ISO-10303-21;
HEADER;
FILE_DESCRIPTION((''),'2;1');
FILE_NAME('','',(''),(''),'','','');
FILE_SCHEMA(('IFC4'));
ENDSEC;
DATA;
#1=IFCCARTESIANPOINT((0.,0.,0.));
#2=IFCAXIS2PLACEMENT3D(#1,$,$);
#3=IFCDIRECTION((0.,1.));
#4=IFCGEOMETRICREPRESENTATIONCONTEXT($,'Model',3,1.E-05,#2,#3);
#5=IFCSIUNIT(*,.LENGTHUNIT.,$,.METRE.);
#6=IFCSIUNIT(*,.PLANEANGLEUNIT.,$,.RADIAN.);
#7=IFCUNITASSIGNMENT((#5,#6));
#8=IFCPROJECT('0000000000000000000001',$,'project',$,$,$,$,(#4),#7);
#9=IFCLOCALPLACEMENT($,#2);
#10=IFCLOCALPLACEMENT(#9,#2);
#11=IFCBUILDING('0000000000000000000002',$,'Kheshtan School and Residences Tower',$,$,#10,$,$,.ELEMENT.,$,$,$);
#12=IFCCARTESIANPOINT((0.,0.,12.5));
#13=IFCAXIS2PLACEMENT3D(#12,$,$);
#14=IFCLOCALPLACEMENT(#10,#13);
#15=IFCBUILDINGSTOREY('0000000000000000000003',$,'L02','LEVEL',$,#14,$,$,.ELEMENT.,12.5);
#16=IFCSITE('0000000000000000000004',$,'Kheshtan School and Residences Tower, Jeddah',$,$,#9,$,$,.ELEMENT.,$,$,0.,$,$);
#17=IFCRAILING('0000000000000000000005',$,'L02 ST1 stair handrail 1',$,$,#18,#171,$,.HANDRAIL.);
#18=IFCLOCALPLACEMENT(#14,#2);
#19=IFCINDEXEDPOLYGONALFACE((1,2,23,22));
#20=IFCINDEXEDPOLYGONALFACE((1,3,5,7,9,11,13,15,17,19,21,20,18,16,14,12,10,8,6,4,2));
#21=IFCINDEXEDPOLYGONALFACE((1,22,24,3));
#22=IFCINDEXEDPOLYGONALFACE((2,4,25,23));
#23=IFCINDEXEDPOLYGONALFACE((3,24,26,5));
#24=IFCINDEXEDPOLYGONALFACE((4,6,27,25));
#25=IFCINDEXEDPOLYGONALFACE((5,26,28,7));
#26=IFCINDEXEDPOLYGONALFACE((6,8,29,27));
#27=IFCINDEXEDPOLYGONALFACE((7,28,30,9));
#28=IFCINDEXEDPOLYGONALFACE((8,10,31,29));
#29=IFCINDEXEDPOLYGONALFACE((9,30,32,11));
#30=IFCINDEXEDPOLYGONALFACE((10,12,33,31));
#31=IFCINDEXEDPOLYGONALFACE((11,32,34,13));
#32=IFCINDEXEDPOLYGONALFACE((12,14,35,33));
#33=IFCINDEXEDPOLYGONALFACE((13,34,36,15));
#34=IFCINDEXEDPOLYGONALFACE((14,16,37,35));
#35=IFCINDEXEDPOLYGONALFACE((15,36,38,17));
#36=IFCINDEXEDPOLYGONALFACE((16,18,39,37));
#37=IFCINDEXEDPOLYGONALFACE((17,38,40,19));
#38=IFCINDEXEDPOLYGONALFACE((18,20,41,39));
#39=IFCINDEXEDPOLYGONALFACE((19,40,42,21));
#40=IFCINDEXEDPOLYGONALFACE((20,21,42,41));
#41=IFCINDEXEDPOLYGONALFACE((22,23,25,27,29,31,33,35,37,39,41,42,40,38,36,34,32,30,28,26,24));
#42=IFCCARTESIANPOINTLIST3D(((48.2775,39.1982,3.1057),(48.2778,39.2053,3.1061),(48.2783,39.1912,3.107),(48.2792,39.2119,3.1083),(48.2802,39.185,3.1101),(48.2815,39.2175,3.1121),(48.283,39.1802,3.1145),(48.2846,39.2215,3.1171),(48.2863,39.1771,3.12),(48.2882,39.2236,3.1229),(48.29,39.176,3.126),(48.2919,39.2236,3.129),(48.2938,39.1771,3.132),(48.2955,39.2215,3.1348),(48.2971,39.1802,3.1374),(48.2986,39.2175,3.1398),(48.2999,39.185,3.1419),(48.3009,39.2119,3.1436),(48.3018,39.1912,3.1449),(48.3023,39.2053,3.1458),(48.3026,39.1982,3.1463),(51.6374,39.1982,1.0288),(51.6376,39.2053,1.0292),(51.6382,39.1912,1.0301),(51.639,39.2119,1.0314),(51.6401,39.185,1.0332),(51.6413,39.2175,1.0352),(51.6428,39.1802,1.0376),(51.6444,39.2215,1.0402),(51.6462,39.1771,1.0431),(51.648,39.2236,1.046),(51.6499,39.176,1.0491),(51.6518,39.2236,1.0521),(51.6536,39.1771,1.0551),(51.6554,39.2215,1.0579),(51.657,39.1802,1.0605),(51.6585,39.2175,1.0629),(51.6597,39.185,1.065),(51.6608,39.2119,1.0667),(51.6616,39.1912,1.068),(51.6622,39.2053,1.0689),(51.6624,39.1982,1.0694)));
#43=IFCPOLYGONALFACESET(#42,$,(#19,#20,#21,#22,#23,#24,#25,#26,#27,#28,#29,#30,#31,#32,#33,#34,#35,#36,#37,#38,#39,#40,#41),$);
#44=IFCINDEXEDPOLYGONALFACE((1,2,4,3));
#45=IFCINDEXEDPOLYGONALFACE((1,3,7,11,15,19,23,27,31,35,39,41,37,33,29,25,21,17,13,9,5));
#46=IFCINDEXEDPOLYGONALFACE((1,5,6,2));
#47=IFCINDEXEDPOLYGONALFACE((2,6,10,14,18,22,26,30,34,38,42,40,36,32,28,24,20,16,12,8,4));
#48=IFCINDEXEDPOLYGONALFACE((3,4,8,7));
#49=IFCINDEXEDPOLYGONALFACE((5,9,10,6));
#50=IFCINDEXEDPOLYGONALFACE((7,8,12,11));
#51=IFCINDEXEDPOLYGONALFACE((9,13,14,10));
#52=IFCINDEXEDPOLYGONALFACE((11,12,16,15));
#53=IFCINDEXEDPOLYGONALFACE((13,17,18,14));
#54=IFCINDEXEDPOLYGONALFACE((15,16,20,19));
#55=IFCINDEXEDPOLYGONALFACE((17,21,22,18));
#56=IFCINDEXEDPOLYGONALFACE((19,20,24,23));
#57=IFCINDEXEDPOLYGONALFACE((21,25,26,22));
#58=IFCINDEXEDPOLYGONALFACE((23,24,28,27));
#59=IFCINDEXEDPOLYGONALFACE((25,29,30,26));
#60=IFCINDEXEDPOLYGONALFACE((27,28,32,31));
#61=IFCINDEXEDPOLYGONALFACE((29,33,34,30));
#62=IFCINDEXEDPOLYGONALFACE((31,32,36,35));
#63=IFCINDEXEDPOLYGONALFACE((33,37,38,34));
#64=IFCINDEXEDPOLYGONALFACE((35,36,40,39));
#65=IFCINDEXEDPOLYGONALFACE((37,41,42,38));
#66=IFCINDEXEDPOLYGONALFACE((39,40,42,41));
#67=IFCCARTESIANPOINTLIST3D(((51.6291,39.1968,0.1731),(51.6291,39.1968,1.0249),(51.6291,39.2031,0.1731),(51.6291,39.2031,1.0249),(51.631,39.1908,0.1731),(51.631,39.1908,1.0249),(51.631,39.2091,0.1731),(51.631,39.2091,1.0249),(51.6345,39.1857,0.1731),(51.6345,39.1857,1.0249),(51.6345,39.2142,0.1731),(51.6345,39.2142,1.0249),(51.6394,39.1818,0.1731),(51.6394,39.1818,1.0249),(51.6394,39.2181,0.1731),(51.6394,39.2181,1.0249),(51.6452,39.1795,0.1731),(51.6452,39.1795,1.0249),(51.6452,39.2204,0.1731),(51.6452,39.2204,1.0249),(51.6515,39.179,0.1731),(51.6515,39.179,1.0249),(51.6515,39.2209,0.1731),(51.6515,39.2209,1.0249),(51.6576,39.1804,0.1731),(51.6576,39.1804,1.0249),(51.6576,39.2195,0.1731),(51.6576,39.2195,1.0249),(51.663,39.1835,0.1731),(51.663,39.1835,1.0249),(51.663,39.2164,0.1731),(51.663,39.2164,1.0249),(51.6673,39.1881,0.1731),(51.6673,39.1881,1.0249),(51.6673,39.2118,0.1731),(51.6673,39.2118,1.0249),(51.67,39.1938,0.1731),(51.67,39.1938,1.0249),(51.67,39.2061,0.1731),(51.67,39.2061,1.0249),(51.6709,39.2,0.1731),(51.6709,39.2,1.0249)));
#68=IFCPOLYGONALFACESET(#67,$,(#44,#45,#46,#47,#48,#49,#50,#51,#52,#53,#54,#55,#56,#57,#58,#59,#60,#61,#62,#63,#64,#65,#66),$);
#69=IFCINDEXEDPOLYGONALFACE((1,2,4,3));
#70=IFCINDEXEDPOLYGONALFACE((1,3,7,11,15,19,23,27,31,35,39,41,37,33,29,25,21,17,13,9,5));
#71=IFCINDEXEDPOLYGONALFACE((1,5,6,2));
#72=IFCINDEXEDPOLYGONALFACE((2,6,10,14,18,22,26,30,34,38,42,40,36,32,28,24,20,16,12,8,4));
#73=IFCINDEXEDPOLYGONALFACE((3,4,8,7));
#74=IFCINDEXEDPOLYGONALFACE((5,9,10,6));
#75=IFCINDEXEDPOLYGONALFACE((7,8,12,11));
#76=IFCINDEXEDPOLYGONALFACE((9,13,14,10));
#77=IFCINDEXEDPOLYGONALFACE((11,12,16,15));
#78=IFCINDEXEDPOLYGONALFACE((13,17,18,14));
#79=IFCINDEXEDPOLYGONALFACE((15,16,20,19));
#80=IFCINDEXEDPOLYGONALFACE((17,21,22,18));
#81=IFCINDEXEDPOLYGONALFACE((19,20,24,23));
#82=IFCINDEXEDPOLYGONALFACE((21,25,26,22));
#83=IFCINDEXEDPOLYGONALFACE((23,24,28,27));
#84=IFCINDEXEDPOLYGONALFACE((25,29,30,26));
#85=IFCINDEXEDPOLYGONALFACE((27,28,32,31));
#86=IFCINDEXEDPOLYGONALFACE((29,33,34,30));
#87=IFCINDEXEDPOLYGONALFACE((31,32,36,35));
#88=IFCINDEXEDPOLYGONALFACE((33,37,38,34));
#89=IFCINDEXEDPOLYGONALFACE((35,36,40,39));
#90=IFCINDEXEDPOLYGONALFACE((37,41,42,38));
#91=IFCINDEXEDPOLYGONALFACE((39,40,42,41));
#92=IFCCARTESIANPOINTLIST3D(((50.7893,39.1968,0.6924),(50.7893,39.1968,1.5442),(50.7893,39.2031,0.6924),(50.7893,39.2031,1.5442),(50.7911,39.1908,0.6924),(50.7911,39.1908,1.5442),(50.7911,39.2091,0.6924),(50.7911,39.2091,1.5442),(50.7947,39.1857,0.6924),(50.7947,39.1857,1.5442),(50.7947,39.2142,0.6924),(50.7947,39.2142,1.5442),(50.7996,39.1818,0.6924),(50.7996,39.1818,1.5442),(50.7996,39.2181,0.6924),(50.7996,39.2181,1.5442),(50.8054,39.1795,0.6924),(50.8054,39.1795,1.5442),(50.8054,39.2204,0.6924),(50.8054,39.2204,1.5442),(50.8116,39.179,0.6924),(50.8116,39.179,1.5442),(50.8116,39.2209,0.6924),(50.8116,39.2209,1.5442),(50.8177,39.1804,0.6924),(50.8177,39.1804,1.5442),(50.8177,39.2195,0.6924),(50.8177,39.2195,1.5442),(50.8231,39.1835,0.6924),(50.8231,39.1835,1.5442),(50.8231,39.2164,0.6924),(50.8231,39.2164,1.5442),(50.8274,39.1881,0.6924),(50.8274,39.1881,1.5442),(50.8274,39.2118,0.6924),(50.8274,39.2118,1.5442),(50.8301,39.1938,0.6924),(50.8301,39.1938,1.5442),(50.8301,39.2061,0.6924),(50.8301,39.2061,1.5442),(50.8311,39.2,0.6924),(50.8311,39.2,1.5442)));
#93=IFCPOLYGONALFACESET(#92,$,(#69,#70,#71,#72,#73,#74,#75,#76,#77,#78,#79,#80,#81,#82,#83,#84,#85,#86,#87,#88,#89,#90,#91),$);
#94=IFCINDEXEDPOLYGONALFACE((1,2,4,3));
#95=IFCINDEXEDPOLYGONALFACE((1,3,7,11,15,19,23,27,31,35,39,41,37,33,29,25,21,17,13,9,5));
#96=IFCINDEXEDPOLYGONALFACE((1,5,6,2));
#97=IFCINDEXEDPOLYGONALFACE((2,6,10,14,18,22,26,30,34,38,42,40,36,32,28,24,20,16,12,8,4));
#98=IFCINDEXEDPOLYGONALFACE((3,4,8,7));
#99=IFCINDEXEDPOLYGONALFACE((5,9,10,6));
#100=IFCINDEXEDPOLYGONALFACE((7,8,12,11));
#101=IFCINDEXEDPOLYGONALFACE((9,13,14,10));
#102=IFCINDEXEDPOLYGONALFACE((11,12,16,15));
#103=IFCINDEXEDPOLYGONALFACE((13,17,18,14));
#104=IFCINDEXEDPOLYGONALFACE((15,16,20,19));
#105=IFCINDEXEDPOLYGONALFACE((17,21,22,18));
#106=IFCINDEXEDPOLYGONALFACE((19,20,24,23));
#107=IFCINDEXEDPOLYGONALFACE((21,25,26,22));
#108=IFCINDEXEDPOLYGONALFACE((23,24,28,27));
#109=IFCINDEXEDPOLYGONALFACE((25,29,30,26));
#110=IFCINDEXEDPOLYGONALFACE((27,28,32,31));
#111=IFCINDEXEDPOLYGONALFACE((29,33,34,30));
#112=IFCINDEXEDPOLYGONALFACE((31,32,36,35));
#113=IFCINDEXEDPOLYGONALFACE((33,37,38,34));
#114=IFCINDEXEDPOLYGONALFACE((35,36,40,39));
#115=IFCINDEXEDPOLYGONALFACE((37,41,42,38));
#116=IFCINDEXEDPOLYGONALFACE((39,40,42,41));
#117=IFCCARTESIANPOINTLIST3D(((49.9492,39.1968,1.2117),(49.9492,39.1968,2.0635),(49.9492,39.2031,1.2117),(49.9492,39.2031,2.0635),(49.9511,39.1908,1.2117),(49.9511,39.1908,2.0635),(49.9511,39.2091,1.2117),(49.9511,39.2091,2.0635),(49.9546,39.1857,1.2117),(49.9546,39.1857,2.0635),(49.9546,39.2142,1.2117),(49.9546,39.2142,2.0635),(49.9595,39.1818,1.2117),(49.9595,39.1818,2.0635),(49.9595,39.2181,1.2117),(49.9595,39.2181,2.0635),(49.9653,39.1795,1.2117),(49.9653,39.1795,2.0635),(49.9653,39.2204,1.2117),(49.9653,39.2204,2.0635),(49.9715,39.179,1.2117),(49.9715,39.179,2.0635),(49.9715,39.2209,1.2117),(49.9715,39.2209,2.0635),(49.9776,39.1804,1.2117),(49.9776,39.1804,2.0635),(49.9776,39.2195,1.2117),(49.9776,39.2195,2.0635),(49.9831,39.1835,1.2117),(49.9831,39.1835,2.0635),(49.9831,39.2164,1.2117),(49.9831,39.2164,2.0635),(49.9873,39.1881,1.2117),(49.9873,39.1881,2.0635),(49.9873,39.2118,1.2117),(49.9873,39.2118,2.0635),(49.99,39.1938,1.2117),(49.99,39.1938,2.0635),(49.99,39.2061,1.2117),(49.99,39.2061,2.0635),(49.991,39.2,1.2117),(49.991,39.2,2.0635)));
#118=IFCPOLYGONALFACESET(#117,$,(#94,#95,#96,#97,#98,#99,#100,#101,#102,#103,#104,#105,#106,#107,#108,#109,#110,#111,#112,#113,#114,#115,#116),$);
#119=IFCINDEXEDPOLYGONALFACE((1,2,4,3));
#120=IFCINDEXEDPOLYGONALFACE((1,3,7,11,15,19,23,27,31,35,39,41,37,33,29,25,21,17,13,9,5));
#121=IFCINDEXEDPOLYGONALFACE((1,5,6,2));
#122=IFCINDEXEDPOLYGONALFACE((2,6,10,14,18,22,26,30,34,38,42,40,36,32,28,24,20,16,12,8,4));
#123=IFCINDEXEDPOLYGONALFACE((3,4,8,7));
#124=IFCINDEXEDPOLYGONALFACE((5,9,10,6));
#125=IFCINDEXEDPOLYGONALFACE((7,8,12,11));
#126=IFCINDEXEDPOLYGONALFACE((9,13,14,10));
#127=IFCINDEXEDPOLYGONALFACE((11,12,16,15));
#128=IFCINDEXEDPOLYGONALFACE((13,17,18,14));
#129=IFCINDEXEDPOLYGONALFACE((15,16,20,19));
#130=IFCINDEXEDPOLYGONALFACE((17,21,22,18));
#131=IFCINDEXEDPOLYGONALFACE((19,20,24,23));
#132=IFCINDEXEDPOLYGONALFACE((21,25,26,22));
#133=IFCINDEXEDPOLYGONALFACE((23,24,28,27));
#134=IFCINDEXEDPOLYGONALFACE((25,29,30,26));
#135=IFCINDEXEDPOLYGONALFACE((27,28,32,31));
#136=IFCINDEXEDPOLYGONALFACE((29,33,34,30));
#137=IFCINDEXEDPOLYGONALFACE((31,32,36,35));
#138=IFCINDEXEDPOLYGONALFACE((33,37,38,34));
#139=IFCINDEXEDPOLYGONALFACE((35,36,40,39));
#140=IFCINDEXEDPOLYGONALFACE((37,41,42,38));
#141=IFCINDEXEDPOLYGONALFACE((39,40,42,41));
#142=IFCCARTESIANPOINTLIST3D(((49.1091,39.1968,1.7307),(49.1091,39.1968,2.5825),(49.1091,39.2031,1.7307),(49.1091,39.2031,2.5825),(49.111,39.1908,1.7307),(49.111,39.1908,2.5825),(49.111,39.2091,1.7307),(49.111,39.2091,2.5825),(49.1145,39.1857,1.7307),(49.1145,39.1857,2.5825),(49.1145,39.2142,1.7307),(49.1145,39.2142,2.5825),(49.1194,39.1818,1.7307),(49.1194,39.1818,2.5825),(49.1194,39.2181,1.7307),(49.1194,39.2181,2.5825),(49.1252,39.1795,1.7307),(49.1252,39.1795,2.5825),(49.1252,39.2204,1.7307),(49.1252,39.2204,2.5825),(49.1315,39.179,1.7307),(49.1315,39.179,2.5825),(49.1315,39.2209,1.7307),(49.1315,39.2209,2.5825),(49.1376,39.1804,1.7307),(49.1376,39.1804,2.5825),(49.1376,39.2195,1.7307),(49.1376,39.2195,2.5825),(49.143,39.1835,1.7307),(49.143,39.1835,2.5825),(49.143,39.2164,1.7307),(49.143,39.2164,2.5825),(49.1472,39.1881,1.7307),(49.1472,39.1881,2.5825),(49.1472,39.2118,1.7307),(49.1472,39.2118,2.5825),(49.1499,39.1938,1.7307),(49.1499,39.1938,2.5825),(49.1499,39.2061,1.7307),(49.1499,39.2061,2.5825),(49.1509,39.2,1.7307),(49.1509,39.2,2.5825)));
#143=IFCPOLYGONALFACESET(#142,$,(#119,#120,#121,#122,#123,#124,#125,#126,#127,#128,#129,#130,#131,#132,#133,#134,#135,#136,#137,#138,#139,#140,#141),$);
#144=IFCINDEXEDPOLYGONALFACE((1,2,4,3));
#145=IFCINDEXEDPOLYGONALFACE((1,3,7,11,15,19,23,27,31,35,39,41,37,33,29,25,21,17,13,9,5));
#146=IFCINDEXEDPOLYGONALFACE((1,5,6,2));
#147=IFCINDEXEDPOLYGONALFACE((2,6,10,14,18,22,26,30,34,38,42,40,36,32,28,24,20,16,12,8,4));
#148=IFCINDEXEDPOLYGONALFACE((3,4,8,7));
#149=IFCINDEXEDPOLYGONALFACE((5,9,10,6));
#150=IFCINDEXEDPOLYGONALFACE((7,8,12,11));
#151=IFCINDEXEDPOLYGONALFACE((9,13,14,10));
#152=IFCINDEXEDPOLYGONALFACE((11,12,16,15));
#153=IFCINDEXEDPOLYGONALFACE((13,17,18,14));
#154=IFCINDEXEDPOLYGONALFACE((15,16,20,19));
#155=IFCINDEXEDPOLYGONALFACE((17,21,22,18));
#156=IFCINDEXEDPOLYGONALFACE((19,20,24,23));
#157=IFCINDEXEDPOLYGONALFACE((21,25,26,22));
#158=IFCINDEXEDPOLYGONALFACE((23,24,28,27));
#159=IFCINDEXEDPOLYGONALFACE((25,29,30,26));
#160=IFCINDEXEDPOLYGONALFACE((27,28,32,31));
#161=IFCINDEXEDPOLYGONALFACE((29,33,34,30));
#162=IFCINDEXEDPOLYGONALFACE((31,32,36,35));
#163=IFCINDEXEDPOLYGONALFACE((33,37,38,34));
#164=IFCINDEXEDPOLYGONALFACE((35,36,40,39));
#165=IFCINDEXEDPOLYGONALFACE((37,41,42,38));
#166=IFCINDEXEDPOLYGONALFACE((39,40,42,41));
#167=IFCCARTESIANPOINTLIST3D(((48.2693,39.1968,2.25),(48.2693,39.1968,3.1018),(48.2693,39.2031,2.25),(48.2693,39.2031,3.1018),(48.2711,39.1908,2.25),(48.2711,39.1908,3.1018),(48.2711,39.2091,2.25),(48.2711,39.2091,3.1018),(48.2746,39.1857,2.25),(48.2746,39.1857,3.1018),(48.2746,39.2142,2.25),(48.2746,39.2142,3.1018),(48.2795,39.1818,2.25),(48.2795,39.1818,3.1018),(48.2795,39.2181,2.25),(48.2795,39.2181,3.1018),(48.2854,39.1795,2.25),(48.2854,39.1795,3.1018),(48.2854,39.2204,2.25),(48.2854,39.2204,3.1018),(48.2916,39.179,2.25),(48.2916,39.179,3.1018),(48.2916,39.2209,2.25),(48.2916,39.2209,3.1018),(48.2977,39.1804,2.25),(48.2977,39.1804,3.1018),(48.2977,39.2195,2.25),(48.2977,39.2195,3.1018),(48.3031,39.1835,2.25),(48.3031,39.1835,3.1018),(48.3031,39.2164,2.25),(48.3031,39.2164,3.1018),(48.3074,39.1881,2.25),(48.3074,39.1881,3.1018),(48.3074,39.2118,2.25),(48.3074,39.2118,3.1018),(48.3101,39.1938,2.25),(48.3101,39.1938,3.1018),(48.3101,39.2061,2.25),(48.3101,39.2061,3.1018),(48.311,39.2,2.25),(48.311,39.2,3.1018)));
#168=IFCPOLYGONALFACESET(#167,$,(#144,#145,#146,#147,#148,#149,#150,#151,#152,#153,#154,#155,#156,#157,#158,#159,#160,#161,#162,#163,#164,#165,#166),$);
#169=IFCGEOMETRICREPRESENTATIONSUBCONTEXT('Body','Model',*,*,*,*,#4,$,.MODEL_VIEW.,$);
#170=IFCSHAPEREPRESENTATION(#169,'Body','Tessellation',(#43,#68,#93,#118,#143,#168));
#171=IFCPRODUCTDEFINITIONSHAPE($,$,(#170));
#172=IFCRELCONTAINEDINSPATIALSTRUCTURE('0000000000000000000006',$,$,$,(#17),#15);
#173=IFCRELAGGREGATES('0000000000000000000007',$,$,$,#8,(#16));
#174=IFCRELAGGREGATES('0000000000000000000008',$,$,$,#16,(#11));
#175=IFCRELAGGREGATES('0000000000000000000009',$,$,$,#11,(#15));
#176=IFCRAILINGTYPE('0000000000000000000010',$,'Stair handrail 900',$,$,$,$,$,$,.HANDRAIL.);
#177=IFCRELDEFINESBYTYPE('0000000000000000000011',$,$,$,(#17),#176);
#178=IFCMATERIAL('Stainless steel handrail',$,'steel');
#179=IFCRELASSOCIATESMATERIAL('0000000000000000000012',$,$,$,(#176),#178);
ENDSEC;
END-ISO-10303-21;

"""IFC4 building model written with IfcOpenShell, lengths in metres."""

from ifc_helpers import new_model, si_unit, direction, frame, origin, origin_2d, place, context, subcontext, project, spatial, circle, extrude, material, type_object, element, save


model = new_model("IFC4")

# Units and contexts
model_context = context("Model", 3, precision=1e-05, world=origin(), true_north=direction((0.0, 1.0)))
body_context = subcontext(model_context, "Body", "Model", "MODEL_VIEW")
ifc_project = project(units=[si_unit("LENGTHUNIT", "METRE"), si_unit("PLANEANGLEUNIT", "RADIAN")], contexts=[model_context])

# Site, building, storey
site_placement = place(None, origin())
site = spatial("IfcSite", under=ifc_project, at=site_placement, Name="Kheshtan School and Residences Tower, Jeddah", CompositionType="ELEMENT", RefElevation=0.0)
building_placement = place(site_placement, origin())
building = spatial("IfcBuilding", under=site, at=building_placement, Name="Kheshtan School and Residences Tower", CompositionType="ELEMENT")
storey_placement = place(building_placement, frame((0.0, 0.0, 12.5)))
storey = spatial("IfcBuildingStorey", under=building, at=storey_placement, Name="L02", Description="LEVEL", CompositionType="ELEMENT", Elevation=12.5)

# Railing
ifc_material_1 = material(Name="Stainless steel handrail", Category="steel")
railing_type_1 = type_object("IfcRailingType", Name="Stair handrail 900", PredefinedType="HANDRAIL", material=ifc_material_1)
railing_1_placement = place(storey_placement, frame((51.6499, 39.2, 0.1731)))
element("IfcRailing", 1, at=railing_1_placement, inside=storey, type_object=railing_type_1, Name="L02 ST1 stair handrail 1", PredefinedType="HANDRAIL", context=body_context, shape_type="SweptSolid", body=[
    extrude(circle(Radius=0.0239, at=origin_2d()), frame((0.0, 0.0, 0.876), z_axis=(-0.850606, 0.0, 0.525803), x_axis=(0.0, -1.0, 0.0)), (0.0, 0.0, 1.0), 3.95),
    extrude(circle(Radius=0.021, at=origin_2d()), origin(), (0.0, 0.0, 1.0), 0.8518),
    extrude(circle(Radius=0.021, at=origin_2d()), frame((-0.8398, 0.0, 0.5193)), (0.0, 0.0, 1.0), 0.8518),
    extrude(circle(Radius=0.021, at=origin_2d()), frame((-1.6799, 0.0, 1.0386)), (0.0, 0.0, 1.0), 0.8518),
    extrude(circle(Radius=0.021, at=origin_2d()), frame((-2.52, 0.0, 1.5576)), (0.0, 0.0, 1.0), 0.8518),
    extrude(circle(Radius=0.021, at=origin_2d()), frame((-3.3599, 0.0, 2.0769)), (0.0, 0.0, 1.0), 0.8518),
])

save(model, "model.ifc")
